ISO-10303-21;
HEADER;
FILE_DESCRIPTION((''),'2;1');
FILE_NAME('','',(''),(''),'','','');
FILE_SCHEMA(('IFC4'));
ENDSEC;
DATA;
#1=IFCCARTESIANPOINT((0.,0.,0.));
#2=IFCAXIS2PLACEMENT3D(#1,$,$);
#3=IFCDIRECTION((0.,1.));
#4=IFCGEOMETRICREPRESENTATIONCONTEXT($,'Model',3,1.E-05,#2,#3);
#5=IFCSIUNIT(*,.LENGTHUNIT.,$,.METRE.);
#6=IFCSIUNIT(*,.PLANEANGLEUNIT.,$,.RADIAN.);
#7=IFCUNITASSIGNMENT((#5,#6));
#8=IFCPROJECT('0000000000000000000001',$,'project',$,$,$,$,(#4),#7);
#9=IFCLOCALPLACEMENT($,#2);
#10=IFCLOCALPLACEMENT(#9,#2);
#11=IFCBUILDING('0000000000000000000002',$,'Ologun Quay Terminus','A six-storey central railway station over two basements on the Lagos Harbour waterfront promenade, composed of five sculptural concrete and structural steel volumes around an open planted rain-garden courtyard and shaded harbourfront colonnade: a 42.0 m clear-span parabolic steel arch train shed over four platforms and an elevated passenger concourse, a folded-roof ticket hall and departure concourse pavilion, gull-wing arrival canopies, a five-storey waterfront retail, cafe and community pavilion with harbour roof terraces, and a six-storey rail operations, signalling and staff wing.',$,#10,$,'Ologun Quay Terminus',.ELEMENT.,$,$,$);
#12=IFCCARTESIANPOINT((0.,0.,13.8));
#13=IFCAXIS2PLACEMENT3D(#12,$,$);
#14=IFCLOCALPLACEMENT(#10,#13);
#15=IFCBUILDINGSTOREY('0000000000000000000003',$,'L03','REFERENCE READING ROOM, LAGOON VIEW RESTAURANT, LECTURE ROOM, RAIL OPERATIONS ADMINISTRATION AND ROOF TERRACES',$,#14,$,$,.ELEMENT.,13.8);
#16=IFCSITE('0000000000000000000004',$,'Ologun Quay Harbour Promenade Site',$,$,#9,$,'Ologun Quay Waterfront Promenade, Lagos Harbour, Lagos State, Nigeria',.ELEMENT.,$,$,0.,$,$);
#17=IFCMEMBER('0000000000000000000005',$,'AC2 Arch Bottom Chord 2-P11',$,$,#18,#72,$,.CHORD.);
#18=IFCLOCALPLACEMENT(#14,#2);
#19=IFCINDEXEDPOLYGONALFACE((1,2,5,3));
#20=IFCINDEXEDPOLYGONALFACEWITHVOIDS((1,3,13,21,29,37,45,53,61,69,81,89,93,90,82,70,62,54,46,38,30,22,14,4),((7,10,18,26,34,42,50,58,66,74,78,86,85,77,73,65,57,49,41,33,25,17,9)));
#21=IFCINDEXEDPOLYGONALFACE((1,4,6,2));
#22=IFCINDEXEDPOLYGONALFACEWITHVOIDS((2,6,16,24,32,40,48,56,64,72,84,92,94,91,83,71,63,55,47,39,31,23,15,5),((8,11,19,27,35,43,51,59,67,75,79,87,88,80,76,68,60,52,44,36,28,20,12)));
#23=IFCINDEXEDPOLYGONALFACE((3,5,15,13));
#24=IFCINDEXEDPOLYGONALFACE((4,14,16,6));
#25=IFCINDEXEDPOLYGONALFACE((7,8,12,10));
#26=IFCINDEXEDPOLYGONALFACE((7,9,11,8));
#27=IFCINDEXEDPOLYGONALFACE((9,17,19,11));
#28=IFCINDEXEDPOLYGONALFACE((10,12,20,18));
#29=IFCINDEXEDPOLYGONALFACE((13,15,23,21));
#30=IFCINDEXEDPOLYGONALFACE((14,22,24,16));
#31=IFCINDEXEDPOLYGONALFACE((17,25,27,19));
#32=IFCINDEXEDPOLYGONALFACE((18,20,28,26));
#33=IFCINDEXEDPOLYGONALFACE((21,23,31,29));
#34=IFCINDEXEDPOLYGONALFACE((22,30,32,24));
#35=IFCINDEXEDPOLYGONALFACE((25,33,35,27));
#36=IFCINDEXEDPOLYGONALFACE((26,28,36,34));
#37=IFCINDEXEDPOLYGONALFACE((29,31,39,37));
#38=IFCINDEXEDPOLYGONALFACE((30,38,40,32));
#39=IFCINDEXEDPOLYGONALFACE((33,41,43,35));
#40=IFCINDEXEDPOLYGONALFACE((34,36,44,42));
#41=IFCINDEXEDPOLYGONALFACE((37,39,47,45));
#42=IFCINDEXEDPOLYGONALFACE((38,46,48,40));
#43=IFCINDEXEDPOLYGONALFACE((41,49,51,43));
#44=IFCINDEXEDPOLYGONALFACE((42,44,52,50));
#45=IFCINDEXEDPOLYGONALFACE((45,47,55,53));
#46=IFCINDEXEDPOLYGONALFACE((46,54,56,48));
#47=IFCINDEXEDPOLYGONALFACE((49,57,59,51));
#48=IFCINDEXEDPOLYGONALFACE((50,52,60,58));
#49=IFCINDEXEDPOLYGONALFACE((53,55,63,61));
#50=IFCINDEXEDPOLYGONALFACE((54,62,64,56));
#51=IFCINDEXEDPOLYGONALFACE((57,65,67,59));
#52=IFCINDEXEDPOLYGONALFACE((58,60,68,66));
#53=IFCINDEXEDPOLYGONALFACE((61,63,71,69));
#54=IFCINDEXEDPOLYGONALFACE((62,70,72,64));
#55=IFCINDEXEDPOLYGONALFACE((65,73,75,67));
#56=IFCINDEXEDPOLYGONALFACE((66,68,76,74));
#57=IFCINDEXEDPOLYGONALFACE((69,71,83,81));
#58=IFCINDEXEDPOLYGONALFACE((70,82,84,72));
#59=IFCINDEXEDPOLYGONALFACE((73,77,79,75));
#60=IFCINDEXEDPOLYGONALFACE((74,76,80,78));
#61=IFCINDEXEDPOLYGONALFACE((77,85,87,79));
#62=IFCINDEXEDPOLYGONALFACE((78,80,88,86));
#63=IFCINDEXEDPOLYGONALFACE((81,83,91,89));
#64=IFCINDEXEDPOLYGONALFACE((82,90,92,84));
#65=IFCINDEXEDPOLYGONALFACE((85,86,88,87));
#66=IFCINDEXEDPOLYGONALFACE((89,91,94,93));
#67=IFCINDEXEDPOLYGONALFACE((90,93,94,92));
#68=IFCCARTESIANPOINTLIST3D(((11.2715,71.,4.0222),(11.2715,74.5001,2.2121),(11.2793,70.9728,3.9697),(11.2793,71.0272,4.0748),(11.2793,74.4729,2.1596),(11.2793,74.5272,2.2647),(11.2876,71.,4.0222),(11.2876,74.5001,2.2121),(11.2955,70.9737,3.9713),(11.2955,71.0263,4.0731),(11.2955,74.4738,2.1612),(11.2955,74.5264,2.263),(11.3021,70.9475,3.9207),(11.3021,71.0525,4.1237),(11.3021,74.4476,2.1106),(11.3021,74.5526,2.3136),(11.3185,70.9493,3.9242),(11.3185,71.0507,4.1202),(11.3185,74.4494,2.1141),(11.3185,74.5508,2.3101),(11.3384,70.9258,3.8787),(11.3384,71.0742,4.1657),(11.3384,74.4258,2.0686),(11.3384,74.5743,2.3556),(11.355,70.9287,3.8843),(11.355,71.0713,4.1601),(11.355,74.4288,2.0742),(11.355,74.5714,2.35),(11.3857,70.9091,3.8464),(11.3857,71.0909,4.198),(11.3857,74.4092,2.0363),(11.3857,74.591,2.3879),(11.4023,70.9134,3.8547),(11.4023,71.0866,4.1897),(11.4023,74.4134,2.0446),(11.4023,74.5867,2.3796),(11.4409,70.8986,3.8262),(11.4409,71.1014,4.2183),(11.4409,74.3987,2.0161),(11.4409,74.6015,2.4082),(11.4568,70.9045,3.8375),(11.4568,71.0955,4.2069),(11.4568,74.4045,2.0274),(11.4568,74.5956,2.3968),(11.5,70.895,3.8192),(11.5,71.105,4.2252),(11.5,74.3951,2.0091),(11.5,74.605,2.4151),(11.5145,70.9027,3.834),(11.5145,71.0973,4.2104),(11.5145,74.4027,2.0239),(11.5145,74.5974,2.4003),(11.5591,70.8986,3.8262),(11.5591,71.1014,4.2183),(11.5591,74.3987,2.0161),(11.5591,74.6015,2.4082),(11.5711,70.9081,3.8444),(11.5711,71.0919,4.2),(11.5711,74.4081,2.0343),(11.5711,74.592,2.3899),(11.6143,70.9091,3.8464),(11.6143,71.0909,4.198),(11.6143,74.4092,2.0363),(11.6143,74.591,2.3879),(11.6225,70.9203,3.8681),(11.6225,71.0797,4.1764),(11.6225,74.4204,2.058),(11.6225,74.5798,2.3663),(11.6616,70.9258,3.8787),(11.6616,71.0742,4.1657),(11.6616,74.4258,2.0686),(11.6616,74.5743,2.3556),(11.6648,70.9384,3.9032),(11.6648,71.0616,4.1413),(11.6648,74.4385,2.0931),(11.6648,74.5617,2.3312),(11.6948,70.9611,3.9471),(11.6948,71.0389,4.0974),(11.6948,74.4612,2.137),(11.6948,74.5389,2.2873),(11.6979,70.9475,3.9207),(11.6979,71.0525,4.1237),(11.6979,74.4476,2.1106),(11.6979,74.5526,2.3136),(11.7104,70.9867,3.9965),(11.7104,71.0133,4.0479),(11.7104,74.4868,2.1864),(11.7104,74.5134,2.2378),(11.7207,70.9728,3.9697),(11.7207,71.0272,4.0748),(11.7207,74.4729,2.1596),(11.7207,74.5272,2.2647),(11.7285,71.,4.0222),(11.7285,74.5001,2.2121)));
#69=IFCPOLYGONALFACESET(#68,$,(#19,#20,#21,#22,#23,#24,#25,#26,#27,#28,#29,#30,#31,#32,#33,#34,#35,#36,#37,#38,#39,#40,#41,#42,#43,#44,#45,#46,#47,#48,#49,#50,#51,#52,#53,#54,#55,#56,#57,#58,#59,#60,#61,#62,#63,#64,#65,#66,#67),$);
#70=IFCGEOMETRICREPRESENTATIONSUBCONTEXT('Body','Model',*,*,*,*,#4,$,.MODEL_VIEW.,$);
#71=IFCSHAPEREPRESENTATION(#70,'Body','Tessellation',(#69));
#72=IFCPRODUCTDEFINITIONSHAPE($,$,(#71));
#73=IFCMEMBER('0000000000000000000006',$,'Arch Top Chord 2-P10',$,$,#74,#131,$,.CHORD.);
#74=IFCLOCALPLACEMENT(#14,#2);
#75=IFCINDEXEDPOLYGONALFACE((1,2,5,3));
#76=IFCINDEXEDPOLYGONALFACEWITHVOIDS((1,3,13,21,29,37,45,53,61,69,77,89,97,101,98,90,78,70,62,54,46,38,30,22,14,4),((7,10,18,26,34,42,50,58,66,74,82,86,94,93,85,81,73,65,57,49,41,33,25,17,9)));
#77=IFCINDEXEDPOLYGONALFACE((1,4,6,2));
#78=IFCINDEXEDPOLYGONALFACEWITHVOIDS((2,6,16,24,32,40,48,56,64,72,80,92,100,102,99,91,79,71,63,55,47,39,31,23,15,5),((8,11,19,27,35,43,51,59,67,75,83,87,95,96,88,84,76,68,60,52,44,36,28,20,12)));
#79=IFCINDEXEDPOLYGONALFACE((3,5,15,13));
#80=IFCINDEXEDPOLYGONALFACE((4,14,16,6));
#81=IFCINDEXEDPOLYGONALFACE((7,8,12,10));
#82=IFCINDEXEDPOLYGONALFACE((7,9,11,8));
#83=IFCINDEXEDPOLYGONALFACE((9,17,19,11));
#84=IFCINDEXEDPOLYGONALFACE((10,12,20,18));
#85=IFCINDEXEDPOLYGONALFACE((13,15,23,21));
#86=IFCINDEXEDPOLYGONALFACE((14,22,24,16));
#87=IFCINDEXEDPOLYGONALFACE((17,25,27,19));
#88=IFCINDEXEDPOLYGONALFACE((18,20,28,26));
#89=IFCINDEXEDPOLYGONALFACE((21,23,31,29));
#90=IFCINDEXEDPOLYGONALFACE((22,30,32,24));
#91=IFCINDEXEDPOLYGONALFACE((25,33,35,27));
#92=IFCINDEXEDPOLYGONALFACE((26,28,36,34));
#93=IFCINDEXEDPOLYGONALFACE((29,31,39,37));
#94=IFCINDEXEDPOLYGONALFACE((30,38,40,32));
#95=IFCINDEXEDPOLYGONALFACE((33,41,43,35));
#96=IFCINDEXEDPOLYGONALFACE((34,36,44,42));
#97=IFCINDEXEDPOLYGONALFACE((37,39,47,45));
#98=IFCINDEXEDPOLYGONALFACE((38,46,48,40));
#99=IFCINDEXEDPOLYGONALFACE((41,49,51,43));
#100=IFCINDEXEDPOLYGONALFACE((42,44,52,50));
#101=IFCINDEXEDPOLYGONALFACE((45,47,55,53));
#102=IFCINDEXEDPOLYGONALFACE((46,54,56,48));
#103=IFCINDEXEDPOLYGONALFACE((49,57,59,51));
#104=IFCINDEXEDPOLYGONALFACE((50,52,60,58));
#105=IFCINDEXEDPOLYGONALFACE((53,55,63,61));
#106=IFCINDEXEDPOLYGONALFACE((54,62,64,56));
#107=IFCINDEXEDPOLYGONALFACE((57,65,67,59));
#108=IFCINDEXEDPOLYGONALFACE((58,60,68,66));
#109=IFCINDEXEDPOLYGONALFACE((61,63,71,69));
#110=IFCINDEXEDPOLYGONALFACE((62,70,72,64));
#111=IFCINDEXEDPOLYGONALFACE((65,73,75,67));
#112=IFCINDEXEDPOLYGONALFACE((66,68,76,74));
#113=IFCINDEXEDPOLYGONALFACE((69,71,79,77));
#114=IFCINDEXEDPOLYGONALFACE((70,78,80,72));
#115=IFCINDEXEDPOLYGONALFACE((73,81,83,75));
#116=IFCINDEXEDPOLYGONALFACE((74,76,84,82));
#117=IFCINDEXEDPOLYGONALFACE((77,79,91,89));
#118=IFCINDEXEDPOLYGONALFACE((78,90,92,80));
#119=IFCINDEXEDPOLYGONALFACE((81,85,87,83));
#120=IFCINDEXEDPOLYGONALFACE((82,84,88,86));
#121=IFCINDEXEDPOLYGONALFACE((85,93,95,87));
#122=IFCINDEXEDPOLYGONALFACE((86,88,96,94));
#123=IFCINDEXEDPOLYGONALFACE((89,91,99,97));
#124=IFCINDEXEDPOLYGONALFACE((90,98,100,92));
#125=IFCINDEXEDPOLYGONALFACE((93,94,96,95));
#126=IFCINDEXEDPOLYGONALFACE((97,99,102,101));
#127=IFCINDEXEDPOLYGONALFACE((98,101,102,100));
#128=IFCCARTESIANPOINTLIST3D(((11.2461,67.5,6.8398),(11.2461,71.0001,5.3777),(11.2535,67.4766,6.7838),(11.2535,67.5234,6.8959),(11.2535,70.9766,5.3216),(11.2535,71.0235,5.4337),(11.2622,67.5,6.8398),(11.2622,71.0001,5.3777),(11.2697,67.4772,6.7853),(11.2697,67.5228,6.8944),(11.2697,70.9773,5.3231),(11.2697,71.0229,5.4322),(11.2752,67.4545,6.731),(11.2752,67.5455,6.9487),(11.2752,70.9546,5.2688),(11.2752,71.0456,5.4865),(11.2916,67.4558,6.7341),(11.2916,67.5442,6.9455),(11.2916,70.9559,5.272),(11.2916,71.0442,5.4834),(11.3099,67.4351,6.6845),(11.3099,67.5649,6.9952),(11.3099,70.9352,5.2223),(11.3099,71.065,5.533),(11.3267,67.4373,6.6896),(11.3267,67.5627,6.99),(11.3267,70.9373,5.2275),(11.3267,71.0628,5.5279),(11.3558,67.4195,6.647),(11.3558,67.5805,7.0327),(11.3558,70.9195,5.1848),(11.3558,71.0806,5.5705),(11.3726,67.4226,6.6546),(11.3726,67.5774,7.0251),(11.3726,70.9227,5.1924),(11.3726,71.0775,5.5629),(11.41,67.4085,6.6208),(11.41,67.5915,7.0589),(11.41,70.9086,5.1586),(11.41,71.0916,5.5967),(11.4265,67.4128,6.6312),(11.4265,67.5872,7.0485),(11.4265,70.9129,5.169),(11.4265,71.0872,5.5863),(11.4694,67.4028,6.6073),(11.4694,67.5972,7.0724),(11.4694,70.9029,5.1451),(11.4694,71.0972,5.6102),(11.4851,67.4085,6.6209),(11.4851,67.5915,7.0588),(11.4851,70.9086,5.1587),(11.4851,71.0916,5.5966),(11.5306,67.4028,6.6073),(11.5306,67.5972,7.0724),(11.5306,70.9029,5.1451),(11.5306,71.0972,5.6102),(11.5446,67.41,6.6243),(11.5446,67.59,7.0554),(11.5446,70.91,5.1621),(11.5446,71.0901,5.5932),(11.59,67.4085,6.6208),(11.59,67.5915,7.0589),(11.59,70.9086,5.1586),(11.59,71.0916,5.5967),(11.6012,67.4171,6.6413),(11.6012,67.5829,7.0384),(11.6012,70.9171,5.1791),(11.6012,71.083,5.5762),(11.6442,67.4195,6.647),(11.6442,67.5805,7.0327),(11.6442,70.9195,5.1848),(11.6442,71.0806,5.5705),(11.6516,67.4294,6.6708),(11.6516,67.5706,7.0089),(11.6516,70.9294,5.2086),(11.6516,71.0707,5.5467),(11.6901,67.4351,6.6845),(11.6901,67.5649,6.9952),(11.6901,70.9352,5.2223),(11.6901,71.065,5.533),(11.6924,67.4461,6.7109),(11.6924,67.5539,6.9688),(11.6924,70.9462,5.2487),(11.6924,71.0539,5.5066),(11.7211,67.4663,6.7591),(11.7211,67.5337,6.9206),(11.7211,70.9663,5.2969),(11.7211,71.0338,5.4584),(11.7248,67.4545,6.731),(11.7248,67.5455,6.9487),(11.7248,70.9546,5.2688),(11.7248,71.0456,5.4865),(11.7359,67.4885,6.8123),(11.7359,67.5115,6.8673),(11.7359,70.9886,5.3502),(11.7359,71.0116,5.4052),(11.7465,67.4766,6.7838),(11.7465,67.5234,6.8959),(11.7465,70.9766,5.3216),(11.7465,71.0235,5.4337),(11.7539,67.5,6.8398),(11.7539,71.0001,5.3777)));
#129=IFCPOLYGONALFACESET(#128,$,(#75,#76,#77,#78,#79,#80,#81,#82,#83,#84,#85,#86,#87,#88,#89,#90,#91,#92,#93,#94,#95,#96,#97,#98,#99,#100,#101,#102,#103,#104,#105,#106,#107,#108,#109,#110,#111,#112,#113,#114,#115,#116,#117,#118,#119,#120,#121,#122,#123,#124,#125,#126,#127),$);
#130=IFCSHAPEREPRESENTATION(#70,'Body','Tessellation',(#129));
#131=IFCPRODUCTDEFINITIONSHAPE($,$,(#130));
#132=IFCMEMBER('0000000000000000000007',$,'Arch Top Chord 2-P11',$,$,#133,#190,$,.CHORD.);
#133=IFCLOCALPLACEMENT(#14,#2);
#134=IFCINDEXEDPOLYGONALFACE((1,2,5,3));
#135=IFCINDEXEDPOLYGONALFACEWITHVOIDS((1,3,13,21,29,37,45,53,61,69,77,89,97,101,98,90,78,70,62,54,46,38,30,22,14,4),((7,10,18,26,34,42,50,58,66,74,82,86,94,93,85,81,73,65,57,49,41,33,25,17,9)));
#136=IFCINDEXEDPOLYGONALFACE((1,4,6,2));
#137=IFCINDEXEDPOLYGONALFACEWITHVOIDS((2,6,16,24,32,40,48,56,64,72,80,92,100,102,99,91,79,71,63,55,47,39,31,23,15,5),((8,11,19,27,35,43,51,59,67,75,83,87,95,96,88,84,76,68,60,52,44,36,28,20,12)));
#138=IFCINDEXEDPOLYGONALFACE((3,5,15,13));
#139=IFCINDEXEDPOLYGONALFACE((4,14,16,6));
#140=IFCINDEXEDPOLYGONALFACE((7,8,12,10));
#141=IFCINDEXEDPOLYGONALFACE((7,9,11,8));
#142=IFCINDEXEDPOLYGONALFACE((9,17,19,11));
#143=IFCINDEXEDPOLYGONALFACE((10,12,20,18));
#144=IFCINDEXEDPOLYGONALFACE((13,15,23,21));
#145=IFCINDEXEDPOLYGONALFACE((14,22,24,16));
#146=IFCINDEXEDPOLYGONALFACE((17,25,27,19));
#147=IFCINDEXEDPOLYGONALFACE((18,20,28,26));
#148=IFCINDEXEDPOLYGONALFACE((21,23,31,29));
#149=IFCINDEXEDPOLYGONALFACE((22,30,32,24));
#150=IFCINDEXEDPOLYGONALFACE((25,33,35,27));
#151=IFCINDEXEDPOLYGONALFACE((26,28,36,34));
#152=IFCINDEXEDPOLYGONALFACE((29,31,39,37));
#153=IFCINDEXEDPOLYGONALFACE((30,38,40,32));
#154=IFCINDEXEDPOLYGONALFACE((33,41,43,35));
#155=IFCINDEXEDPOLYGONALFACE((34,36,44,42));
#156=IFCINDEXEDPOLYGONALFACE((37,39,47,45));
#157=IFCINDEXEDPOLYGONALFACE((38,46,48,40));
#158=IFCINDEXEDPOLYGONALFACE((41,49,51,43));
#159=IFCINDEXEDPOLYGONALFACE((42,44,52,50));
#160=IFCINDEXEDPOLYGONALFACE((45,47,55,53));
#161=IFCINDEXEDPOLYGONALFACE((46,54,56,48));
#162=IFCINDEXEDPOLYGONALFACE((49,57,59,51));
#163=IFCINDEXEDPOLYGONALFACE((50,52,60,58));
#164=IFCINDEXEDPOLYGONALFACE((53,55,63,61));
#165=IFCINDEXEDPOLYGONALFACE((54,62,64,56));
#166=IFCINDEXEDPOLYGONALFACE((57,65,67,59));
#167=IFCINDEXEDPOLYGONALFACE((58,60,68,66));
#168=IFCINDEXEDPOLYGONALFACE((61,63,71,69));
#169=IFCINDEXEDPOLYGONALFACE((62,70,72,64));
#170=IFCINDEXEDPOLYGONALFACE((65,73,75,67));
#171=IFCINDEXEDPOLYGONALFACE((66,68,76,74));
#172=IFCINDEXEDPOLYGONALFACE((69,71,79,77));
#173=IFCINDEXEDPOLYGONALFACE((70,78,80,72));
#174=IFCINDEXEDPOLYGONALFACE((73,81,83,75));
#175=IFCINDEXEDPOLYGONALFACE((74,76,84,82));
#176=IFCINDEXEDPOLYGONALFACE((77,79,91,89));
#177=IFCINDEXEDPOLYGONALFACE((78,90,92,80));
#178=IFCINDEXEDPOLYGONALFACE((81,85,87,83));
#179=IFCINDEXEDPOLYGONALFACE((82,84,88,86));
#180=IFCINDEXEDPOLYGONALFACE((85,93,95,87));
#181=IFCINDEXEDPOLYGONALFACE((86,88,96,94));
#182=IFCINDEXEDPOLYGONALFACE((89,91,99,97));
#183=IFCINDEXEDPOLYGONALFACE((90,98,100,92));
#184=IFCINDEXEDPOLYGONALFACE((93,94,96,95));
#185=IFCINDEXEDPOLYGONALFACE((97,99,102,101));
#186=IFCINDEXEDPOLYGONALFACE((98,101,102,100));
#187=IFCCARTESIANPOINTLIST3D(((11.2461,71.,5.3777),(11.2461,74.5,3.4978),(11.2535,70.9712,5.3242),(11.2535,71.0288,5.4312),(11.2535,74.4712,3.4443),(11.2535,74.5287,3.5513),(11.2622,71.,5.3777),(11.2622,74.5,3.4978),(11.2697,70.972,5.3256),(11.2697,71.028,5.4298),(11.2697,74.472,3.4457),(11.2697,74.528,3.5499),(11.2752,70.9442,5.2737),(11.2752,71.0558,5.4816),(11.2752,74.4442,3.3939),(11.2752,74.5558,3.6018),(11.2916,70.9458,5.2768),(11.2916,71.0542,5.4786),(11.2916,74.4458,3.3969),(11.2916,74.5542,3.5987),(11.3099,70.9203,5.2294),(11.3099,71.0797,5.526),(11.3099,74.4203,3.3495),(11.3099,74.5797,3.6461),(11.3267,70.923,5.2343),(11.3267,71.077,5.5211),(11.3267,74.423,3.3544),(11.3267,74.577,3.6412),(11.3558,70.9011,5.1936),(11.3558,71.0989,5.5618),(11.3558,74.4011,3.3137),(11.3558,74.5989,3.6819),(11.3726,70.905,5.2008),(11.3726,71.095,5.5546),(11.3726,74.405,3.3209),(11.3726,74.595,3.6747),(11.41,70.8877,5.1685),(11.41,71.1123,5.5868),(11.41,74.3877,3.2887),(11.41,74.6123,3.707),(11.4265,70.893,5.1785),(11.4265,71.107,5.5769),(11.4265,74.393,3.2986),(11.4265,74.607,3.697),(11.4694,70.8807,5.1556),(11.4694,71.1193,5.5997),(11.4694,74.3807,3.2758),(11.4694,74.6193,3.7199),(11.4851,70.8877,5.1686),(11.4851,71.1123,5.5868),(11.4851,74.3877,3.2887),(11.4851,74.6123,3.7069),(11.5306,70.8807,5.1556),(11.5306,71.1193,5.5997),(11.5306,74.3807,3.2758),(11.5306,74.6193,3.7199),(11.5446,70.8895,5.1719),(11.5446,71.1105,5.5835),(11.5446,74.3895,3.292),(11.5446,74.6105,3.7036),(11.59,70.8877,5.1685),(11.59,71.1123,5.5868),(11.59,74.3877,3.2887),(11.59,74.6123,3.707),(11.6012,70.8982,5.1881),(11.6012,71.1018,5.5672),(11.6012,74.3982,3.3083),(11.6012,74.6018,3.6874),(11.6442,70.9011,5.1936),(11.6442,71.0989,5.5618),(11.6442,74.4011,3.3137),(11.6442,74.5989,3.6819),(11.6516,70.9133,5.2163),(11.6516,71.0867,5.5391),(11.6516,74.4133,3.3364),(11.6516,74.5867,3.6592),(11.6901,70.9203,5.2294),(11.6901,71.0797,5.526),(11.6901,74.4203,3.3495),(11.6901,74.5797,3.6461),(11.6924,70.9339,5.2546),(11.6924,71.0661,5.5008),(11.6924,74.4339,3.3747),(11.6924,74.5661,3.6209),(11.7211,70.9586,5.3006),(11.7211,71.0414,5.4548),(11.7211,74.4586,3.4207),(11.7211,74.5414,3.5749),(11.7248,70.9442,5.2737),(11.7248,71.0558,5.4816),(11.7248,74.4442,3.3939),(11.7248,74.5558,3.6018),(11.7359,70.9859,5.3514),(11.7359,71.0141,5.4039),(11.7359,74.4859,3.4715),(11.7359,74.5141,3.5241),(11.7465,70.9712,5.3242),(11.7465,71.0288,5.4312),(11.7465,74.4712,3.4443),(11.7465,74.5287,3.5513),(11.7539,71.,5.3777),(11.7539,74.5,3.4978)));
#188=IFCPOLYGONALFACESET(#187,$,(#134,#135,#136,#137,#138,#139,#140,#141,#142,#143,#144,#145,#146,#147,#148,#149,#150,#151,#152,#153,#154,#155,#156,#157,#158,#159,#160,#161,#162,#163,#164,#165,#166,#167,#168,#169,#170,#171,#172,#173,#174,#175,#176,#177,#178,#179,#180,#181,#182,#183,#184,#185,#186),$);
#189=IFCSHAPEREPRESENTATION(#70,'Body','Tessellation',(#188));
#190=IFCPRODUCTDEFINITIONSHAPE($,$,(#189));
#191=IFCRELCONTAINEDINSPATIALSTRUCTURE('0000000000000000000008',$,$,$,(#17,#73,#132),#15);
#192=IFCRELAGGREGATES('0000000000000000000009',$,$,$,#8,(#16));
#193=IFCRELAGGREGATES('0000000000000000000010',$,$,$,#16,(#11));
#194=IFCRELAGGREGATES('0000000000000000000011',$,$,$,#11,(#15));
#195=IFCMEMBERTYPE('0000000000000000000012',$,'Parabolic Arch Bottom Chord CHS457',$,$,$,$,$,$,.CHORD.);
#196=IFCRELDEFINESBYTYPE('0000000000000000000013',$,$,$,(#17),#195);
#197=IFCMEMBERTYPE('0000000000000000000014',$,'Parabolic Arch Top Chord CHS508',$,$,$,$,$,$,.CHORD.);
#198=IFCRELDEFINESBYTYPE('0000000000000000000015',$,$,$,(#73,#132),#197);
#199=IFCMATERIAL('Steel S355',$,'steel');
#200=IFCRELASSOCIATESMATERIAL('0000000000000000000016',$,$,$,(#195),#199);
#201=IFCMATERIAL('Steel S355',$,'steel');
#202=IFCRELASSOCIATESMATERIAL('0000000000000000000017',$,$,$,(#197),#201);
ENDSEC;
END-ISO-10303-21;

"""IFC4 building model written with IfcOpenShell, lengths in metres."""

from ifc_helpers import new_model, si_unit, direction, frame, origin, origin_2d, place, context, subcontext, project, spatial, hollow_circle, extrude, material, material_profile, profile_set, type_object, element, save


model = new_model("IFC4")

# Units and contexts
model_context = context("Model", 3, precision=1e-05, world=origin(), true_north=direction((0.0, 1.0)))
body_context = subcontext(model_context, "Body", "Model", "MODEL_VIEW")
ifc_project = project(units=[si_unit("LENGTHUNIT", "METRE"), si_unit("PLANEANGLEUNIT", "RADIAN")], contexts=[model_context])

# Site, building, storey
site_placement = place(None, origin())
site = spatial("IfcSite", under=ifc_project, at=site_placement, Name="Ologun Quay Harbour Promenade Site", LongName="Ologun Quay Waterfront Promenade, Lagos Harbour, Lagos State, Nigeria", CompositionType="ELEMENT", RefElevation=0.0)
building_placement = place(site_placement, origin())
building = spatial("IfcBuilding", under=site, at=building_placement, Name="Ologun Quay Terminus", Description="A six-storey central railway station over two basements on the Lagos Harbour waterfront promenade, composed of five sculptural concrete and structural steel volumes around an open planted rain-garden courtyard and shaded harbourfront colonnade: a 42.0 m clear-span parabolic steel arch train shed over four platforms and an elevated passenger concourse, a folded-roof ticket hall and departure concourse pavilion, gull-wing arrival canopies, a five-storey waterfront retail, cafe and community pavilion with harbour roof terraces, and a six-storey rail operations, signalling and staff wing.", LongName="Ologun Quay Terminus", CompositionType="ELEMENT")
storey_placement = place(building_placement, frame((0.0, 0.0, 13.8)))
storey = spatial("IfcBuildingStorey", under=building, at=storey_placement, Name="L03", Description="REFERENCE READING ROOM, LAGOON VIEW RESTAURANT, LECTURE ROOM, RAIL OPERATIONS ADMINISTRATION AND ROOF TERRACES", CompositionType="ELEMENT", Elevation=13.8)

# Members
ifc_material_1 = material(Name="Steel S355", Category="steel")
ifc_material_profile_1 = material_profile(ifc_material_1, hollow_circle(Radius=0.2285, WallThickness=0.0161, at=origin_2d()), Name="CHS 457x16")
ifc_profile_set_1 = profile_set([ifc_material_profile_1], Name="Steel S355")
member_type_1 = type_object("IfcMemberType", Name="Parabolic Arch Bottom Chord CHS457", PredefinedType="CHORD", material=ifc_profile_set_1)
member_1_placement = place(storey_placement, frame((11.5, 71.0, 4.0222), z_axis=(0.0, 0.888247, -0.459366), x_axis=(-1.0, 0.0, 0.0)))
element("IfcMember", 1, at=member_1_placement, inside=storey, type_object=member_type_1, Name="AC2 Arch Bottom Chord 2-P11", PredefinedType="CHORD", context=body_context, shape_type="SweptSolid", body=[
    extrude(hollow_circle(Radius=0.2285, WallThickness=0.0161, at=origin_2d()), origin(), (0.0, 0.0, 1.0), 3.9404),
])
ifc_material_2 = material(Name="Steel S355", Category="steel")
ifc_material_profile_2 = material_profile(ifc_material_2, hollow_circle(Radius=0.2539, WallThickness=0.0161, at=origin_2d()), Name="CHS 508x16")
ifc_profile_set_2 = profile_set([ifc_material_profile_2], Name="Steel S355")
member_type_2 = type_object("IfcMemberType", Name="Parabolic Arch Top Chord CHS508", PredefinedType="CHORD", material=ifc_profile_set_2)
member_2_placement = place(storey_placement, frame((11.5, 67.5, 6.8398), z_axis=(0.0, 0.922719, -0.385474), x_axis=(-1.0, 0.0, 0.0)))
element("IfcMember", 2, at=member_2_placement, inside=storey, type_object=member_type_2, Name="Arch Top Chord 2-P10", PredefinedType="CHORD", context=body_context, shape_type="SweptSolid", body=[
    extrude(hollow_circle(Radius=0.2539, WallThickness=0.0161, at=origin_2d()), origin(), (0.0, 0.0, 1.0), 3.7932),
])
member_3_placement = place(storey_placement, frame((11.5, 71.0, 5.3777), z_axis=(0.0, 0.880968, -0.473176), x_axis=(-1.0, 0.0, 0.0)))
element("IfcMember", 3, at=member_3_placement, inside=storey, type_object=member_type_2, Name="Arch Top Chord 2-P11", PredefinedType="CHORD", context=body_context, shape_type="SweptSolid", body=[
    extrude(hollow_circle(Radius=0.2539, WallThickness=0.0161, at=origin_2d()), origin(), (0.0, 0.0, 1.0), 3.9729),
])

save(model, "model.ifc")
